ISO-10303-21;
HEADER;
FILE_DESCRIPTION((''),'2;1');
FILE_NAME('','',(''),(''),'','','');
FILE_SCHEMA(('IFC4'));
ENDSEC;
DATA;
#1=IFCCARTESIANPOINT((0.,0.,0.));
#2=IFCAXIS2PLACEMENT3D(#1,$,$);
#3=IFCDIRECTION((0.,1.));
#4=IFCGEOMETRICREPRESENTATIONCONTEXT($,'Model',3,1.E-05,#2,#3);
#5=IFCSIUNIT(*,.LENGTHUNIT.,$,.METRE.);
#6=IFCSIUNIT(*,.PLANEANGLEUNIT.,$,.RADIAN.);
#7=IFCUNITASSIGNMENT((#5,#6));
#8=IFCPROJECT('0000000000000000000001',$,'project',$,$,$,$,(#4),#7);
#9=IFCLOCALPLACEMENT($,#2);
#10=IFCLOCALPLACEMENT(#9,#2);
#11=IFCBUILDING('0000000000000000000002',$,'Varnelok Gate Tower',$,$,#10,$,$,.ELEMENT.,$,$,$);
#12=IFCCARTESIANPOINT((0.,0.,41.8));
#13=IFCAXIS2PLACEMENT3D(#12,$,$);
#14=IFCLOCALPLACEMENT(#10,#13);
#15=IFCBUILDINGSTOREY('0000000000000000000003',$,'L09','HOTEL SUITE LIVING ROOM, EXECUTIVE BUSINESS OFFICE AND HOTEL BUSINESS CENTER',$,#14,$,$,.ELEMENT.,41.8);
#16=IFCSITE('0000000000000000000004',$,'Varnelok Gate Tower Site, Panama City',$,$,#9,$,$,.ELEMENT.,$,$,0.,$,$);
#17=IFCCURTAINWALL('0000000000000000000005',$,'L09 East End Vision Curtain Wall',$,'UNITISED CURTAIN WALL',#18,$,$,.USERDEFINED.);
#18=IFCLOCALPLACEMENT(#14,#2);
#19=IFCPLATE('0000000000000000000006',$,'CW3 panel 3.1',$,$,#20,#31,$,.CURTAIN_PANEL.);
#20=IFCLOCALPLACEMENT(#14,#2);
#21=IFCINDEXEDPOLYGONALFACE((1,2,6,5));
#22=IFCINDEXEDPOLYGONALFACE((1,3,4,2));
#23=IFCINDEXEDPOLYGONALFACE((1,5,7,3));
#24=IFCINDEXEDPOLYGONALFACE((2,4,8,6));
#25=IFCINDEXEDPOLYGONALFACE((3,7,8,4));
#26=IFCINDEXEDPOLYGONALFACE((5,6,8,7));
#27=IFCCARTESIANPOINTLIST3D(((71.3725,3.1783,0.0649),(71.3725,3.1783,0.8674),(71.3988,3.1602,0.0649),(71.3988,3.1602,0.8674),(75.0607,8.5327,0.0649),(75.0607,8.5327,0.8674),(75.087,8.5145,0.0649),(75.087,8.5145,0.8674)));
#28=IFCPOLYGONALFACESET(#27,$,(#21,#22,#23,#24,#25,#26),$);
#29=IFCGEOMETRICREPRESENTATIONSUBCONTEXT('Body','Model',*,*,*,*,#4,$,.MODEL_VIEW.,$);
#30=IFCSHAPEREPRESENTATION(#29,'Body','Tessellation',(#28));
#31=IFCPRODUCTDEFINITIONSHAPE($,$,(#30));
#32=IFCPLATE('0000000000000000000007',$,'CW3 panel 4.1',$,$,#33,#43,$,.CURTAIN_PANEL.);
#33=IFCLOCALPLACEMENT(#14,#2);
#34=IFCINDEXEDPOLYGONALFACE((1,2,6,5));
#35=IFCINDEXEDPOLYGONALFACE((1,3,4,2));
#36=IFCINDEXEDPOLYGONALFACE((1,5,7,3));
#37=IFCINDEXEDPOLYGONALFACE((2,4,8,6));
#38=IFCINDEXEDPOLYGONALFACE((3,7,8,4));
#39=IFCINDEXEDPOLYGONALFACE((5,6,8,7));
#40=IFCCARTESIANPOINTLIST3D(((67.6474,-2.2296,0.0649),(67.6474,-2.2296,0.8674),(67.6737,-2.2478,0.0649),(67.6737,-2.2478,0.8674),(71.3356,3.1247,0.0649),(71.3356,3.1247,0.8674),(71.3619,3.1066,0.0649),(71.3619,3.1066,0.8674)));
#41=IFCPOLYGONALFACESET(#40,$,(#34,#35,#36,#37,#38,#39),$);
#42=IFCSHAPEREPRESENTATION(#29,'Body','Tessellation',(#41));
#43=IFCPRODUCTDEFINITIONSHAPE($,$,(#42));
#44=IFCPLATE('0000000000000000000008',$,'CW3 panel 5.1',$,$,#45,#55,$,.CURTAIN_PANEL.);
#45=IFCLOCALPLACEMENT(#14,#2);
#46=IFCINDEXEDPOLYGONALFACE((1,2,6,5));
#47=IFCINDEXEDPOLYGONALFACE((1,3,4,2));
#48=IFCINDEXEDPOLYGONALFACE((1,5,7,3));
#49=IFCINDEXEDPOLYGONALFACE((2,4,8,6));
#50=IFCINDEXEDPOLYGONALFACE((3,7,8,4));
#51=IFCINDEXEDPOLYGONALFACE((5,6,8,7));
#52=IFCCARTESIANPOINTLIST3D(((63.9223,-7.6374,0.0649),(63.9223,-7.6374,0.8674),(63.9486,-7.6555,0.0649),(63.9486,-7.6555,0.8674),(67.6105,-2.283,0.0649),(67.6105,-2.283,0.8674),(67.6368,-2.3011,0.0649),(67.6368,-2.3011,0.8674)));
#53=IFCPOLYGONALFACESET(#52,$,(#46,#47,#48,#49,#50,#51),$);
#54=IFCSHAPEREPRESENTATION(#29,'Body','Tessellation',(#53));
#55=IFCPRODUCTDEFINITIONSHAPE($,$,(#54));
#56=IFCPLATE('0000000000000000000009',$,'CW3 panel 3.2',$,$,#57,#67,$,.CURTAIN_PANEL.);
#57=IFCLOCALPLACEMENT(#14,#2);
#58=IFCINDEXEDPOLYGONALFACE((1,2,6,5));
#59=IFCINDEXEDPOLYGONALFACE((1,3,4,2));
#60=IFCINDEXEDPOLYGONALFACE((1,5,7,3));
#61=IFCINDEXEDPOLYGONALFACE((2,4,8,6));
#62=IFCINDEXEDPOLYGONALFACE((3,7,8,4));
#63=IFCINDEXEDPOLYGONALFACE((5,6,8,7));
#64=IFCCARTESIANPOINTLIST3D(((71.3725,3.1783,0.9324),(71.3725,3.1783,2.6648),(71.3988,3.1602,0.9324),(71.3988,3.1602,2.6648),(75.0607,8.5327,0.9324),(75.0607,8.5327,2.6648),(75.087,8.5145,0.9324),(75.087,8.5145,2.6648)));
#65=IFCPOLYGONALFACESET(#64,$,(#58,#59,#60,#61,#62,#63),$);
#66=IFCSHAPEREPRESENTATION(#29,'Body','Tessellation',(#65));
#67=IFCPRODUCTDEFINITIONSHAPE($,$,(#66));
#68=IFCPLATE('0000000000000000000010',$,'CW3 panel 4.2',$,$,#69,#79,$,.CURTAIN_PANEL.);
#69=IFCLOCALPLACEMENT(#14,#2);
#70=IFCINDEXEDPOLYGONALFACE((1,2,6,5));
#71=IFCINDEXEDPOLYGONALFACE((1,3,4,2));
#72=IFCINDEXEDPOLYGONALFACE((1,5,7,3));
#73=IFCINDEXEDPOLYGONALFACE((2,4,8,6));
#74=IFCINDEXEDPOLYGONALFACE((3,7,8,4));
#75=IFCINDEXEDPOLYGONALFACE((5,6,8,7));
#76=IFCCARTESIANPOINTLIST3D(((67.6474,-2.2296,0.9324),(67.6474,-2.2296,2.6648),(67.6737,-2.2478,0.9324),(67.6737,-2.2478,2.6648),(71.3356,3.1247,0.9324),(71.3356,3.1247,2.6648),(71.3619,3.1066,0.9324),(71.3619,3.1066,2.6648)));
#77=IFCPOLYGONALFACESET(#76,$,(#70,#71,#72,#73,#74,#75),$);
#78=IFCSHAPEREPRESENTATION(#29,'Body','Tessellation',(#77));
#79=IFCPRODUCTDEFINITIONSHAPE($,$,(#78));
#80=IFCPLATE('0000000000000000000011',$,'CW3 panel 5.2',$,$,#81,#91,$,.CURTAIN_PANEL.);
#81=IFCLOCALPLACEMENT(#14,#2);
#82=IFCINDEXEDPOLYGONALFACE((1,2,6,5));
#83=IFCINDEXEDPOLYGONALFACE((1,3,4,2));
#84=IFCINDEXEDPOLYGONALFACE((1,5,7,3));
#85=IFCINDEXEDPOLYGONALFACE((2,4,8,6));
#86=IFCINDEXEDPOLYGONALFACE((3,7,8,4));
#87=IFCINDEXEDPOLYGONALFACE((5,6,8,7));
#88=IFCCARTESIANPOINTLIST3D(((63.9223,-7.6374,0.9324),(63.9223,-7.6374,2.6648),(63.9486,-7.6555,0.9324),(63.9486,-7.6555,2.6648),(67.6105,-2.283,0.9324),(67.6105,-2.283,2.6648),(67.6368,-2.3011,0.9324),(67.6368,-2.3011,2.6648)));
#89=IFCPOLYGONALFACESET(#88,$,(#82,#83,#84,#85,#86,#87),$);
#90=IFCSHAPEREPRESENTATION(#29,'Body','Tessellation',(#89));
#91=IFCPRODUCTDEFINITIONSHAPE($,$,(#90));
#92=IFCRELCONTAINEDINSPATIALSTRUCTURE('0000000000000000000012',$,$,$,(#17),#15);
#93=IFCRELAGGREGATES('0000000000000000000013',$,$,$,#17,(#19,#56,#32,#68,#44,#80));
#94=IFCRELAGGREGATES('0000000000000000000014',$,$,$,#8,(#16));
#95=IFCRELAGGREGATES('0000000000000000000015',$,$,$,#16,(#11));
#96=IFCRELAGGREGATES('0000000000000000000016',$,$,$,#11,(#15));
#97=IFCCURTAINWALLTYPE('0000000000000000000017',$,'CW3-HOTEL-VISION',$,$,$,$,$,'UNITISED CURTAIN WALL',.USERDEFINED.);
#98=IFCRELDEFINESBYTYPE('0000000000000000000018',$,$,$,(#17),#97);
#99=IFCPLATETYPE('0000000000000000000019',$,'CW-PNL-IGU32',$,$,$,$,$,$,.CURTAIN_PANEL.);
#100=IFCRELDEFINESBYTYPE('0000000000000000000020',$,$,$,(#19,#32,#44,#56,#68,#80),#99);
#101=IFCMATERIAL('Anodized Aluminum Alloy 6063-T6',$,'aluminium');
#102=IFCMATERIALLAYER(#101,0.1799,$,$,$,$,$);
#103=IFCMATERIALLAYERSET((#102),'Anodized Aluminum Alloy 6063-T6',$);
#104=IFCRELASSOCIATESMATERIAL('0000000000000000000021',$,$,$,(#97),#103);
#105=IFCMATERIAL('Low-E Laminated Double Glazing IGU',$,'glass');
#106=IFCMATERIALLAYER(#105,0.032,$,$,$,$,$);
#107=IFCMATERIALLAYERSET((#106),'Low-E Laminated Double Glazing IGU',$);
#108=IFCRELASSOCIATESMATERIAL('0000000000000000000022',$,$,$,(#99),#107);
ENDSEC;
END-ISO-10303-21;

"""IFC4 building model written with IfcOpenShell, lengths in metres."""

from ifc_helpers import new_model, si_unit, direction, frame, origin, origin_2d, place, context, subcontext, project, spatial, rectangle, extrude, source, transform, mapped, material, layer, layer_set, type_object, element, aggregate, save


model = new_model("IFC4")

# Units and contexts
model_context = context("Model", 3, precision=1e-05, world=origin(), true_north=direction((0.0, 1.0)))
body_context = subcontext(model_context, "Body", "Model", "MODEL_VIEW")
ifc_project = project(units=[si_unit("LENGTHUNIT", "METRE"), si_unit("PLANEANGLEUNIT", "RADIAN")], contexts=[model_context])

# Site, building, storey
site_placement = place(None, origin())
site = spatial("IfcSite", under=ifc_project, at=site_placement, Name="Varnelok Gate Tower Site, Panama City", CompositionType="ELEMENT", RefElevation=0.0)
building_placement = place(site_placement, origin())
building = spatial("IfcBuilding", under=site, at=building_placement, Name="Varnelok Gate Tower", CompositionType="ELEMENT")
storey_placement = place(building_placement, frame((0.0, 0.0, 41.8)))
storey = spatial("IfcBuildingStorey", under=building, at=storey_placement, Name="L09", Description="HOTEL SUITE LIVING ROOM, EXECUTIVE BUSINESS OFFICE AND HOTEL BUSINESS CENTER", CompositionType="ELEMENT", Elevation=41.8)

# Curtain wall, plates
ifc_material_1 = material(Name="Anodized Aluminum Alloy 6063-T6", Category="aluminium")
ifc_layer_1 = layer(ifc_material_1, 0.1799)
ifc_layer_set_1 = layer_set([ifc_layer_1], Name="Anodized Aluminum Alloy 6063-T6")
curtain_wall_type = type_object("IfcCurtainWallType", Name="CW3-HOTEL-VISION", ElementType="UNITISED CURTAIN WALL", PredefinedType="USERDEFINED", material=ifc_layer_set_1)
curtain_wall_placement = place(storey_placement, origin())
curtain_wall = element("IfcCurtainWall", 1, at=curtain_wall_placement, inside=storey, type_object=curtain_wall_type, Name="L09 East End Vision Curtain Wall", ObjectType="UNITISED CURTAIN WALL", PredefinedType="USERDEFINED")
ifc_material_2 = material(Name="Low-E Laminated Double Glazing IGU", Category="glass")
ifc_layer_2 = layer(ifc_material_2, 0.032)
ifc_layer_set_2 = layer_set([ifc_layer_2], Name="Low-E Laminated Double Glazing IGU")
plate_type = type_object("IfcPlateType", Name="CW-PNL-IGU32", PredefinedType="CURTAIN_PANEL", material=ifc_layer_set_2)
shared_shape_1 = source(origin(), body_context, "Body", "SweptSolid", [
    extrude(rectangle(XDim=6.5017, YDim=0.032, at=origin_2d()), origin(), (0.0, 0.0, 1.0), 0.8025),
])
plate_1_placement = place(storey_placement, frame((73.2297, 5.8464, 0.0649), z_axis=(0.0, 0.0, 1.0), x_axis=(-0.567269, -0.823533, 0.0)))
plate_1 = element("IfcPlate", 2, at=plate_1_placement, type_object=plate_type, Name="CW3 panel 3.1", PredefinedType="CURTAIN_PANEL", context=body_context, shape_type="MappedRepresentation", body=[
    mapped(shared_shape_1, transform((0.0, 0.0, 0.0), scale=1.0)),
])
plate_2_placement = place(storey_placement, frame((69.5046, 0.4385, 0.0649), z_axis=(0.0, 0.0, 1.0), x_axis=(-0.567269, -0.823533, 0.0)))
plate_2 = element("IfcPlate", 3, at=plate_2_placement, type_object=plate_type, Name="CW3 panel 4.1", PredefinedType="CURTAIN_PANEL", context=body_context, shape_type="MappedRepresentation", body=[
    mapped(shared_shape_1, transform((0.0, 0.0, 0.0), scale=1.0)),
])
plate_3_placement = place(storey_placement, frame((65.7795, -4.9692, 0.0649), z_axis=(0.0, 0.0, 1.0), x_axis=(-0.567269, -0.823533, 0.0)))
plate_3 = element("IfcPlate", 4, at=plate_3_placement, type_object=plate_type, Name="CW3 panel 5.1", PredefinedType="CURTAIN_PANEL", context=body_context, shape_type="MappedRepresentation", body=[
    mapped(shared_shape_1, transform((0.0, 0.0, 0.0), scale=1.0)),
])
shared_shape_2 = source(origin(), body_context, "Body", "SweptSolid", [
    extrude(rectangle(XDim=6.5017, YDim=0.032, at=origin_2d()), origin(), (0.0, 0.0, 1.0), 1.7324),
])
plate_4_placement = place(storey_placement, frame((73.2297, 5.8464, 0.9324), z_axis=(0.0, 0.0, 1.0), x_axis=(-0.567269, -0.823533, 0.0)))
plate_4 = element("IfcPlate", 5, at=plate_4_placement, type_object=plate_type, Name="CW3 panel 3.2", PredefinedType="CURTAIN_PANEL", context=body_context, shape_type="MappedRepresentation", body=[
    mapped(shared_shape_2, transform((0.0, 0.0, 0.0), scale=1.0)),
])
plate_5_placement = place(storey_placement, frame((69.5046, 0.4385, 0.9324), z_axis=(0.0, 0.0, 1.0), x_axis=(-0.567269, -0.823533, 0.0)))
plate_5 = element("IfcPlate", 6, at=plate_5_placement, type_object=plate_type, Name="CW3 panel 4.2", PredefinedType="CURTAIN_PANEL", context=body_context, shape_type="MappedRepresentation", body=[
    mapped(shared_shape_2, transform((0.0, 0.0, 0.0), scale=1.0)),
])
plate_6_placement = place(storey_placement, frame((65.7795, -4.9692, 0.9324), z_axis=(0.0, 0.0, 1.0), x_axis=(-0.567269, -0.823533, 0.0)))
plate_6 = element("IfcPlate", 7, at=plate_6_placement, type_object=plate_type, Name="CW3 panel 5.2", PredefinedType="CURTAIN_PANEL", context=body_context, shape_type="MappedRepresentation", body=[
    mapped(shared_shape_2, transform((0.0, 0.0, 0.0), scale=1.0)),
])
aggregate(curtain_wall, [plate_1, plate_4, plate_2, plate_5, plate_3, plate_6])

save(model, "model.ifc")
